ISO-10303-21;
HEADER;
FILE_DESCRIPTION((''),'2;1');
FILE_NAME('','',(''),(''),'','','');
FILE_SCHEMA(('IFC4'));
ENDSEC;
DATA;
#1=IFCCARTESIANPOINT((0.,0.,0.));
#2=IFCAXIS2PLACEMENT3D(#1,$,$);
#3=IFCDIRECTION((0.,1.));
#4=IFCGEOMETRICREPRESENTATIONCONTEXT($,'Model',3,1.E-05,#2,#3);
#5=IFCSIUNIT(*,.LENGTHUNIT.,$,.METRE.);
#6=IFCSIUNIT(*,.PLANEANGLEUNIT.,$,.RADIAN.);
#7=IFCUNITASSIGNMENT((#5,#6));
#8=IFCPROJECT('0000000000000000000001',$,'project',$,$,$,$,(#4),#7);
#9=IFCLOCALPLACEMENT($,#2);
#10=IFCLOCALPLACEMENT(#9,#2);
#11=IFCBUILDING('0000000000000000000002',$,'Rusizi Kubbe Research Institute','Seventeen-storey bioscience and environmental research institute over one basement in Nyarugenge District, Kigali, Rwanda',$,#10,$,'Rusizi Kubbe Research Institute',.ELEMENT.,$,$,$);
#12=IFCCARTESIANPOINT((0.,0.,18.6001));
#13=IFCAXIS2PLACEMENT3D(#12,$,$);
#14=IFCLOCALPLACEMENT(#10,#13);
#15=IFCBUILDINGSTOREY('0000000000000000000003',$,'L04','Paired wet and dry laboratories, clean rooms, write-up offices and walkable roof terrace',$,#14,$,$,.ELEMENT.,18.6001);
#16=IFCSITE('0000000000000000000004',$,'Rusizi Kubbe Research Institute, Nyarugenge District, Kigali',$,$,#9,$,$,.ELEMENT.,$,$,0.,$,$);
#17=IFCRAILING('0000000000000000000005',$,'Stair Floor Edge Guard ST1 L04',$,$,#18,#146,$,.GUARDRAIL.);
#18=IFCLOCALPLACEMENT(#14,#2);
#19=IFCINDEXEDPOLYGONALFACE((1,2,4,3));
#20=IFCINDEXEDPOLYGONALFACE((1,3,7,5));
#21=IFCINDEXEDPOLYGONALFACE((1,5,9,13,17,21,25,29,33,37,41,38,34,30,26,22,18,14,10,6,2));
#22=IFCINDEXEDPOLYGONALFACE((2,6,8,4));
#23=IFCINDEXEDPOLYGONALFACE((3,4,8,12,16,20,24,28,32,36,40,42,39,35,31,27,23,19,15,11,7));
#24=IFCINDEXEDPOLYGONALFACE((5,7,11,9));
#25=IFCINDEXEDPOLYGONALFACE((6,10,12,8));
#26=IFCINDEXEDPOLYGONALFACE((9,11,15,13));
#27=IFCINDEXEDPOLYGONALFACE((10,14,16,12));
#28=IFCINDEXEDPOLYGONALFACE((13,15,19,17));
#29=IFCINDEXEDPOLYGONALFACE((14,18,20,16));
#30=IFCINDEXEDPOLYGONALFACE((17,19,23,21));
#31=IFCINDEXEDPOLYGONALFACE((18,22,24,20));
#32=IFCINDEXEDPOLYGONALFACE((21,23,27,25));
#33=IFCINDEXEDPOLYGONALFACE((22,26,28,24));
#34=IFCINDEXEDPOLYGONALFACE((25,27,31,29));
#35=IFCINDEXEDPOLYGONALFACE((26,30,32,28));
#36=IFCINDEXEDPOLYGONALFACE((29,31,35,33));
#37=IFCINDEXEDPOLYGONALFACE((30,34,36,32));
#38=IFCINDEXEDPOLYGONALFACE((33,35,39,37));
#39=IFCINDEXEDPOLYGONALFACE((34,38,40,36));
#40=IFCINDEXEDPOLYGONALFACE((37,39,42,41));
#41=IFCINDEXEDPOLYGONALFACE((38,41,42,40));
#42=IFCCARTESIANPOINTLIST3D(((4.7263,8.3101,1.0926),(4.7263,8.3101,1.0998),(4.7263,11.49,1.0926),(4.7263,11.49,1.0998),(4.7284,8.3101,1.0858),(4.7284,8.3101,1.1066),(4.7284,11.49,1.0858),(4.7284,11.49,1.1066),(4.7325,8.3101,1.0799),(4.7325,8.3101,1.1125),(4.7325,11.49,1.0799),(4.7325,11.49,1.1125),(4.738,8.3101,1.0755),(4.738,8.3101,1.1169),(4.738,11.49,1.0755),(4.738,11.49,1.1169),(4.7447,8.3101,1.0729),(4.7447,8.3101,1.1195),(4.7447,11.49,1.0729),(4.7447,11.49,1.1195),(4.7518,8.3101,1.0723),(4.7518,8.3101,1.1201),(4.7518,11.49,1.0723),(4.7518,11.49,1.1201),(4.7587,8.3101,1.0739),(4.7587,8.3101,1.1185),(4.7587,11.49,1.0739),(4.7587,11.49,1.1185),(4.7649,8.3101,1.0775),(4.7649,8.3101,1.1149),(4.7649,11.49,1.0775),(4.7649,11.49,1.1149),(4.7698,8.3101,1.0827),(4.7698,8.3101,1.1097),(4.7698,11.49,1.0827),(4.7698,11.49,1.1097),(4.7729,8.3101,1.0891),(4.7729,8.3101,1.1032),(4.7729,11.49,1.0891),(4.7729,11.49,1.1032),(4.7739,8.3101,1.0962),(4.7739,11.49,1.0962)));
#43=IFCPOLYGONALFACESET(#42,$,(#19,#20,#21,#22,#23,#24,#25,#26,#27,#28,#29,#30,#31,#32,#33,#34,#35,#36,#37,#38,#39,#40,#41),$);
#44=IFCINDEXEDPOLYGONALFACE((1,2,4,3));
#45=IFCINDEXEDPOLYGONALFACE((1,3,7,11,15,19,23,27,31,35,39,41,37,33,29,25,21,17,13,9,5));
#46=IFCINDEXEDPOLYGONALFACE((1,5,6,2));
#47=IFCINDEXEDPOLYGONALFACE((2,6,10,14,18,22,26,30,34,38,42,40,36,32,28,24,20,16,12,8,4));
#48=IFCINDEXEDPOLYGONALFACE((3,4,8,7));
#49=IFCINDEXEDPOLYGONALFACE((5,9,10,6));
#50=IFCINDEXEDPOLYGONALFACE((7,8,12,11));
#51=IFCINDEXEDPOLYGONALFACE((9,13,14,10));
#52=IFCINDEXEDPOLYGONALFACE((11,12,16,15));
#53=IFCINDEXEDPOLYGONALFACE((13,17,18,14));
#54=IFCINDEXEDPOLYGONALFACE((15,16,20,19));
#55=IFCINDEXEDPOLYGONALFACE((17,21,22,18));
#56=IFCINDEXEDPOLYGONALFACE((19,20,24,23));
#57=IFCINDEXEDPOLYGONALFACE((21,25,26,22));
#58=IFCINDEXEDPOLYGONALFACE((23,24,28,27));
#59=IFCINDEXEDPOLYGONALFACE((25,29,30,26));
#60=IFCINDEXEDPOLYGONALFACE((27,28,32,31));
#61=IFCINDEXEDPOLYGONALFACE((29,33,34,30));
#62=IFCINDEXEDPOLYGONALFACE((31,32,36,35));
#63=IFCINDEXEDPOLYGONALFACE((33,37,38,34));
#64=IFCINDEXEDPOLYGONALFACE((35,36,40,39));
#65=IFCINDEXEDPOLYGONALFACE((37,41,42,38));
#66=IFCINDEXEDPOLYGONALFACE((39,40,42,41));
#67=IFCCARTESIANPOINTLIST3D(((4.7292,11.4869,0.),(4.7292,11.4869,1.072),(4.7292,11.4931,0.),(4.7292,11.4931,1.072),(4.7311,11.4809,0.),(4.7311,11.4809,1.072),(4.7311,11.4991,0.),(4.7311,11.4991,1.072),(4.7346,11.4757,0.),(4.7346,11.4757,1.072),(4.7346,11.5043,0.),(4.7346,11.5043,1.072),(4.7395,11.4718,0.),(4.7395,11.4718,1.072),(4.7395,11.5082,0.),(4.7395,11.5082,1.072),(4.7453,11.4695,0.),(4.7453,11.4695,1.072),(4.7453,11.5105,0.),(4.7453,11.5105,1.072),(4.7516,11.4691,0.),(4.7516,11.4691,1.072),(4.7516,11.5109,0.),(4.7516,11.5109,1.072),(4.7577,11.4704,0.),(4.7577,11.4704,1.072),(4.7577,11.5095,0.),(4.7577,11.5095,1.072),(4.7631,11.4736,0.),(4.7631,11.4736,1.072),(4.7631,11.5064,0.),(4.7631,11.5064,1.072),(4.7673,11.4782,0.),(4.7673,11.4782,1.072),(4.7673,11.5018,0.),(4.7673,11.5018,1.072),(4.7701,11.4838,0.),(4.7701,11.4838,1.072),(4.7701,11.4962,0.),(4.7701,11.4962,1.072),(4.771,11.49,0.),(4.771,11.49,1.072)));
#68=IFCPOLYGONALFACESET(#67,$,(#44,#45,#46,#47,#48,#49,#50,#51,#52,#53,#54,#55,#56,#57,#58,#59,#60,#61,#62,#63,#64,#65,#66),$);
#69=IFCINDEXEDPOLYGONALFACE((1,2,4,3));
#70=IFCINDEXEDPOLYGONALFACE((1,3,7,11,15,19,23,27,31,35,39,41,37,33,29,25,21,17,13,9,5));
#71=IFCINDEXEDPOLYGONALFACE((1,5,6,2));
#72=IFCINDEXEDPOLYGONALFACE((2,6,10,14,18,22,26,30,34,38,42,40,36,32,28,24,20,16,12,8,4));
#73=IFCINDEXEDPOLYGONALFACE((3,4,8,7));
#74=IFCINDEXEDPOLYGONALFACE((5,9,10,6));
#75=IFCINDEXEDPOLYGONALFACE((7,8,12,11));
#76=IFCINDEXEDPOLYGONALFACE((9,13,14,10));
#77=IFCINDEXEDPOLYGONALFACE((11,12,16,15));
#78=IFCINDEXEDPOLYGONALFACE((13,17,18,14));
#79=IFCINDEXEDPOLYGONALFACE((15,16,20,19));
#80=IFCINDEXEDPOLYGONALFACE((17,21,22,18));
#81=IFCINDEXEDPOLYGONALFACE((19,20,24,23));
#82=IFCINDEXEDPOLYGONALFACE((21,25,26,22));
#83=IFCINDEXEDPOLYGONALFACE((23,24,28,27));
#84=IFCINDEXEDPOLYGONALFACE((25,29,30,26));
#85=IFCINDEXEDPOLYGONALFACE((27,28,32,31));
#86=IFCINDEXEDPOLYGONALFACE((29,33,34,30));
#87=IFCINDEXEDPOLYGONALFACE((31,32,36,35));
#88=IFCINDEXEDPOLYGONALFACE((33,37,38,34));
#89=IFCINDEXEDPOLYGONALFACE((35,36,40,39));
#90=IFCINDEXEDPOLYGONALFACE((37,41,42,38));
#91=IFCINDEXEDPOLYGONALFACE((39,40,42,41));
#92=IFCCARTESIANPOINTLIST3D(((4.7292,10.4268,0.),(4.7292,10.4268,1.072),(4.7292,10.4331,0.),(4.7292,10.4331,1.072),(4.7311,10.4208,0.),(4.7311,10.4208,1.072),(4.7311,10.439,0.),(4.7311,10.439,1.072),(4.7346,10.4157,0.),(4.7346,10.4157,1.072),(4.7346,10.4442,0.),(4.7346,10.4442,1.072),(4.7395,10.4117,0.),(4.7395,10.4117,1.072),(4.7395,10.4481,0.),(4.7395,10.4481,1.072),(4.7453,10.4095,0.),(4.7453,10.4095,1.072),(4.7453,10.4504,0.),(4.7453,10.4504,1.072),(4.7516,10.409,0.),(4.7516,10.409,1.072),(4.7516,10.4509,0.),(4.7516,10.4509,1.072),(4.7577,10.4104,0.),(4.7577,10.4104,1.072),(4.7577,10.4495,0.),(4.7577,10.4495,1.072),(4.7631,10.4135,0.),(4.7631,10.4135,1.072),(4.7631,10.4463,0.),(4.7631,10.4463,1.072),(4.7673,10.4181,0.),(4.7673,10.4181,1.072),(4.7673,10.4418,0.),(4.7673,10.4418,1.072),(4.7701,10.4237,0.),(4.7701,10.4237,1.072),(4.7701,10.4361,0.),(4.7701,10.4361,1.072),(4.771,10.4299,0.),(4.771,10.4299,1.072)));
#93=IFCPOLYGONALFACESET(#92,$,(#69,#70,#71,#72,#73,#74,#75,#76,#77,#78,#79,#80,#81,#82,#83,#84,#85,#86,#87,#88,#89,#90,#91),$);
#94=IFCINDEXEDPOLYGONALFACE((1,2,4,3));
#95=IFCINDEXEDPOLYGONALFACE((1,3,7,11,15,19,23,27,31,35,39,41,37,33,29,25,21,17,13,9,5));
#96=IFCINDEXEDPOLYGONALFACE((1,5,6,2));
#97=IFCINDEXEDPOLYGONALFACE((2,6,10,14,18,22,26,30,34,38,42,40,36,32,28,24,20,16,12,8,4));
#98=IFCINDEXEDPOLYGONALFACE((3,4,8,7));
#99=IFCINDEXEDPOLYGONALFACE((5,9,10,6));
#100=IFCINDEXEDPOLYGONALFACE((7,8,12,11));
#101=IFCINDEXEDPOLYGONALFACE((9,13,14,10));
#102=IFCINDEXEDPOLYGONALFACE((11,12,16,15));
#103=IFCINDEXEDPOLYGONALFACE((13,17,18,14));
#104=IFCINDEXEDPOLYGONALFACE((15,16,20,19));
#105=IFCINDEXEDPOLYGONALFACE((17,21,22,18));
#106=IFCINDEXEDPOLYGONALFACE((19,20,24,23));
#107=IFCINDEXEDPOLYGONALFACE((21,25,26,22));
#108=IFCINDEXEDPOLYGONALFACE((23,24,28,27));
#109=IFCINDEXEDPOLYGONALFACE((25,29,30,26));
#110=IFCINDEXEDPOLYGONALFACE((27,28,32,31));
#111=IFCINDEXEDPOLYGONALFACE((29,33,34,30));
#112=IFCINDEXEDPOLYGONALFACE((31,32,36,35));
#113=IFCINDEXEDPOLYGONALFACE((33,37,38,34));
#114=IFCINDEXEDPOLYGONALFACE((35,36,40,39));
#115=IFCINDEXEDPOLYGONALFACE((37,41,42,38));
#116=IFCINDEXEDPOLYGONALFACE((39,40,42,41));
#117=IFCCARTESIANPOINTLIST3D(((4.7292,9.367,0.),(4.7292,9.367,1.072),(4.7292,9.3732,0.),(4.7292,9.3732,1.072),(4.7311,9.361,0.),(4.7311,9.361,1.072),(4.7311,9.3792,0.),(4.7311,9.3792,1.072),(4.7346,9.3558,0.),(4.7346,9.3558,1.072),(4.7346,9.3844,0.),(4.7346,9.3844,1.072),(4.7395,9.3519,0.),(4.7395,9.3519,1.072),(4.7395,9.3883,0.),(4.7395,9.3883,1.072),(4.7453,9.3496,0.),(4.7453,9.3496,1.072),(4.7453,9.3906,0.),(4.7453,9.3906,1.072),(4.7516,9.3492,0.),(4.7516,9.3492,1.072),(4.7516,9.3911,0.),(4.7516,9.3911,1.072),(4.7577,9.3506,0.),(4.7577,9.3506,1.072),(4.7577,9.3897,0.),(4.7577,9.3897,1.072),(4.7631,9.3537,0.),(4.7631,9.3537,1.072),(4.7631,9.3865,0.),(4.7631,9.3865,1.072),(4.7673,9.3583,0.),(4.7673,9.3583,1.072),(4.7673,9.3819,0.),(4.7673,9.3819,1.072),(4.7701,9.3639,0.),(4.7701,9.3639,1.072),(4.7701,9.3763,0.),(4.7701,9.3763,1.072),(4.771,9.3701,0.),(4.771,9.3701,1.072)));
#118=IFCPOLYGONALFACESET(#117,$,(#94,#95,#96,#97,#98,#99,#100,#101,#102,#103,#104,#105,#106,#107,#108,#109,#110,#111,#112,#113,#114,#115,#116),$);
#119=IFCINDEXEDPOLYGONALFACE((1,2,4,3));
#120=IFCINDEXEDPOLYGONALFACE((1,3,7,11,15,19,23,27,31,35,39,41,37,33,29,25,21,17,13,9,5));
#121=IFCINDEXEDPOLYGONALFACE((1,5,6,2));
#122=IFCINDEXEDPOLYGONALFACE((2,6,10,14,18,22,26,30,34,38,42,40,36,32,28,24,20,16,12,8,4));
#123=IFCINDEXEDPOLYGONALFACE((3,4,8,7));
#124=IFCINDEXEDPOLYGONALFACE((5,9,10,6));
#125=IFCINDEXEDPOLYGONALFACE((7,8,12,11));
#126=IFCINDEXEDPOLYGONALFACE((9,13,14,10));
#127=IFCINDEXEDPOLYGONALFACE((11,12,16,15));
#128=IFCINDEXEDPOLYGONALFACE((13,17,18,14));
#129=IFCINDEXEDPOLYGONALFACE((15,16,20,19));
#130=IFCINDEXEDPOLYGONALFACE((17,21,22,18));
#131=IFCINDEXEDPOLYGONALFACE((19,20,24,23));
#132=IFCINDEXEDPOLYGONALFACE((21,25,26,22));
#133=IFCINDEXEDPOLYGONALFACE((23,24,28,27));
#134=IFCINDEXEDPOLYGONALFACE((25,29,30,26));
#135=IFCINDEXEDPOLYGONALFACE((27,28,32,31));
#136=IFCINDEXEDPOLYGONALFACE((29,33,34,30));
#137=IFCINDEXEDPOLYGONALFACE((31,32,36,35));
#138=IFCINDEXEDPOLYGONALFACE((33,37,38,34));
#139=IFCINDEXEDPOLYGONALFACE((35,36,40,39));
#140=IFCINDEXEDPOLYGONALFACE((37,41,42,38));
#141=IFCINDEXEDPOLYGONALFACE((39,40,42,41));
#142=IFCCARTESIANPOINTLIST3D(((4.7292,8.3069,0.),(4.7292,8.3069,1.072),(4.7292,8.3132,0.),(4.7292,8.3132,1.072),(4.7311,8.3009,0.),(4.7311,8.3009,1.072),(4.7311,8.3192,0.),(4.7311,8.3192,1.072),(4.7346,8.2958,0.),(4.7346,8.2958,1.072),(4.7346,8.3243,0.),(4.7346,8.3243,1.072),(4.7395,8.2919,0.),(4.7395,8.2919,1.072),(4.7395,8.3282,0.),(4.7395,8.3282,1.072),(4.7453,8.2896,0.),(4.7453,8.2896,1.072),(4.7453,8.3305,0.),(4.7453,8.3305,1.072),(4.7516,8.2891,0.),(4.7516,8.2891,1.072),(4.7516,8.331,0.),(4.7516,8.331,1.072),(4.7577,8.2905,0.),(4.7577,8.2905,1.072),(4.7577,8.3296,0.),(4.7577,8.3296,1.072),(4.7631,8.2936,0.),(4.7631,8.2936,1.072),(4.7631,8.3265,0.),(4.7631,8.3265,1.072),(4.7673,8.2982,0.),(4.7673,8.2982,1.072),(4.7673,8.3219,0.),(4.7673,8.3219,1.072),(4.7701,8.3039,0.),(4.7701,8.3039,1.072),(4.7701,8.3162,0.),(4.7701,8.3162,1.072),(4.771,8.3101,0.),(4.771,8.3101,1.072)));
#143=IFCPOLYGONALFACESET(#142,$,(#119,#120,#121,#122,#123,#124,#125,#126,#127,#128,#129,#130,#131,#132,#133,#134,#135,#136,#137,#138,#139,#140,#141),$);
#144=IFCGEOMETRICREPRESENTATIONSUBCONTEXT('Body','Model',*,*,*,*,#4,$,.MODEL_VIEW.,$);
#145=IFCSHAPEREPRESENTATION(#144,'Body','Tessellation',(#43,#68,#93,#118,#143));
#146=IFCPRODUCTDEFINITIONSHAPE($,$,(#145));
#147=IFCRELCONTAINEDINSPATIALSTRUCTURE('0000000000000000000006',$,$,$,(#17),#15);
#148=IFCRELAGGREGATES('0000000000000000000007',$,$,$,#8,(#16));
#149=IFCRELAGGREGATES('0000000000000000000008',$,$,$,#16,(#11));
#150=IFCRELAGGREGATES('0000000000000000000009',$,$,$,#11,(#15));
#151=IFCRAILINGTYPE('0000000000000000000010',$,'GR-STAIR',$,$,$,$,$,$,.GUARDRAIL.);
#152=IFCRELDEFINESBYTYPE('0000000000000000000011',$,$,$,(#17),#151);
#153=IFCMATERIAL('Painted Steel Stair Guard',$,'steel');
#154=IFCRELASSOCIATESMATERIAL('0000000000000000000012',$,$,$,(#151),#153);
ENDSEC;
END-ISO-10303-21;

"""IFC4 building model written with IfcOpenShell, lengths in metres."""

from ifc_helpers import new_model, si_unit, direction, frame, origin, origin_2d, place, context, subcontext, project, spatial, circle, extrude, material, type_object, element, save


model = new_model("IFC4")

# Units and contexts
model_context = context("Model", 3, precision=1e-05, world=origin(), true_north=direction((0.0, 1.0)))
body_context = subcontext(model_context, "Body", "Model", "MODEL_VIEW")
ifc_project = project(units=[si_unit("LENGTHUNIT", "METRE"), si_unit("PLANEANGLEUNIT", "RADIAN")], contexts=[model_context])

# Site, building, storey
site_placement = place(None, origin())
site = spatial("IfcSite", under=ifc_project, at=site_placement, Name="Rusizi Kubbe Research Institute, Nyarugenge District, Kigali", CompositionType="ELEMENT", RefElevation=0.0)
building_placement = place(site_placement, origin())
building = spatial("IfcBuilding", under=site, at=building_placement, Name="Rusizi Kubbe Research Institute", Description="Seventeen-storey bioscience and environmental research institute over one basement in Nyarugenge District, Kigali, Rwanda", LongName="Rusizi Kubbe Research Institute", CompositionType="ELEMENT")
storey_placement = place(building_placement, frame((0.0, 0.0, 18.6001)))
storey = spatial("IfcBuildingStorey", under=building, at=storey_placement, Name="L04", Description="Paired wet and dry laboratories, clean rooms, write-up offices and walkable roof terrace", CompositionType="ELEMENT", Elevation=18.6001)

# Railing
ifc_material_1 = material(Name="Painted Steel Stair Guard", Category="steel")
railing_type_1 = type_object("IfcRailingType", Name="GR-STAIR", PredefinedType="GUARDRAIL", material=ifc_material_1)
railing_1_placement = place(storey_placement, frame((4.75, 11.49, 0.0)))
element("IfcRailing", 1, at=railing_1_placement, inside=storey, type_object=railing_type_1, Name="Stair Floor Edge Guard ST1 L04", PredefinedType="GUARDRAIL", context=body_context, shape_type="SweptSolid", body=[
    extrude(circle(Radius=0.0239, at=origin_2d()), frame((0.0, 0.0, 1.0962), z_axis=(0.0, -1.0, 0.0), x_axis=(1.0, 0.0, 0.0)), (0.0, 0.0, 1.0), 3.1799),
    extrude(circle(Radius=0.021, at=origin_2d()), origin(), (0.0, 0.0, 1.0), 1.072),
    extrude(circle(Radius=0.021, at=origin_2d()), frame((0.0, -1.0601, 0.0)), (0.0, 0.0, 1.0), 1.072),
    extrude(circle(Radius=0.021, at=origin_2d()), frame((0.0, -2.1199, 0.0)), (0.0, 0.0, 1.0), 1.072),
    extrude(circle(Radius=0.021, at=origin_2d()), frame((0.0, -3.1799, 0.0)), (0.0, 0.0, 1.0), 1.072),
])

save(model, "model.ifc")
